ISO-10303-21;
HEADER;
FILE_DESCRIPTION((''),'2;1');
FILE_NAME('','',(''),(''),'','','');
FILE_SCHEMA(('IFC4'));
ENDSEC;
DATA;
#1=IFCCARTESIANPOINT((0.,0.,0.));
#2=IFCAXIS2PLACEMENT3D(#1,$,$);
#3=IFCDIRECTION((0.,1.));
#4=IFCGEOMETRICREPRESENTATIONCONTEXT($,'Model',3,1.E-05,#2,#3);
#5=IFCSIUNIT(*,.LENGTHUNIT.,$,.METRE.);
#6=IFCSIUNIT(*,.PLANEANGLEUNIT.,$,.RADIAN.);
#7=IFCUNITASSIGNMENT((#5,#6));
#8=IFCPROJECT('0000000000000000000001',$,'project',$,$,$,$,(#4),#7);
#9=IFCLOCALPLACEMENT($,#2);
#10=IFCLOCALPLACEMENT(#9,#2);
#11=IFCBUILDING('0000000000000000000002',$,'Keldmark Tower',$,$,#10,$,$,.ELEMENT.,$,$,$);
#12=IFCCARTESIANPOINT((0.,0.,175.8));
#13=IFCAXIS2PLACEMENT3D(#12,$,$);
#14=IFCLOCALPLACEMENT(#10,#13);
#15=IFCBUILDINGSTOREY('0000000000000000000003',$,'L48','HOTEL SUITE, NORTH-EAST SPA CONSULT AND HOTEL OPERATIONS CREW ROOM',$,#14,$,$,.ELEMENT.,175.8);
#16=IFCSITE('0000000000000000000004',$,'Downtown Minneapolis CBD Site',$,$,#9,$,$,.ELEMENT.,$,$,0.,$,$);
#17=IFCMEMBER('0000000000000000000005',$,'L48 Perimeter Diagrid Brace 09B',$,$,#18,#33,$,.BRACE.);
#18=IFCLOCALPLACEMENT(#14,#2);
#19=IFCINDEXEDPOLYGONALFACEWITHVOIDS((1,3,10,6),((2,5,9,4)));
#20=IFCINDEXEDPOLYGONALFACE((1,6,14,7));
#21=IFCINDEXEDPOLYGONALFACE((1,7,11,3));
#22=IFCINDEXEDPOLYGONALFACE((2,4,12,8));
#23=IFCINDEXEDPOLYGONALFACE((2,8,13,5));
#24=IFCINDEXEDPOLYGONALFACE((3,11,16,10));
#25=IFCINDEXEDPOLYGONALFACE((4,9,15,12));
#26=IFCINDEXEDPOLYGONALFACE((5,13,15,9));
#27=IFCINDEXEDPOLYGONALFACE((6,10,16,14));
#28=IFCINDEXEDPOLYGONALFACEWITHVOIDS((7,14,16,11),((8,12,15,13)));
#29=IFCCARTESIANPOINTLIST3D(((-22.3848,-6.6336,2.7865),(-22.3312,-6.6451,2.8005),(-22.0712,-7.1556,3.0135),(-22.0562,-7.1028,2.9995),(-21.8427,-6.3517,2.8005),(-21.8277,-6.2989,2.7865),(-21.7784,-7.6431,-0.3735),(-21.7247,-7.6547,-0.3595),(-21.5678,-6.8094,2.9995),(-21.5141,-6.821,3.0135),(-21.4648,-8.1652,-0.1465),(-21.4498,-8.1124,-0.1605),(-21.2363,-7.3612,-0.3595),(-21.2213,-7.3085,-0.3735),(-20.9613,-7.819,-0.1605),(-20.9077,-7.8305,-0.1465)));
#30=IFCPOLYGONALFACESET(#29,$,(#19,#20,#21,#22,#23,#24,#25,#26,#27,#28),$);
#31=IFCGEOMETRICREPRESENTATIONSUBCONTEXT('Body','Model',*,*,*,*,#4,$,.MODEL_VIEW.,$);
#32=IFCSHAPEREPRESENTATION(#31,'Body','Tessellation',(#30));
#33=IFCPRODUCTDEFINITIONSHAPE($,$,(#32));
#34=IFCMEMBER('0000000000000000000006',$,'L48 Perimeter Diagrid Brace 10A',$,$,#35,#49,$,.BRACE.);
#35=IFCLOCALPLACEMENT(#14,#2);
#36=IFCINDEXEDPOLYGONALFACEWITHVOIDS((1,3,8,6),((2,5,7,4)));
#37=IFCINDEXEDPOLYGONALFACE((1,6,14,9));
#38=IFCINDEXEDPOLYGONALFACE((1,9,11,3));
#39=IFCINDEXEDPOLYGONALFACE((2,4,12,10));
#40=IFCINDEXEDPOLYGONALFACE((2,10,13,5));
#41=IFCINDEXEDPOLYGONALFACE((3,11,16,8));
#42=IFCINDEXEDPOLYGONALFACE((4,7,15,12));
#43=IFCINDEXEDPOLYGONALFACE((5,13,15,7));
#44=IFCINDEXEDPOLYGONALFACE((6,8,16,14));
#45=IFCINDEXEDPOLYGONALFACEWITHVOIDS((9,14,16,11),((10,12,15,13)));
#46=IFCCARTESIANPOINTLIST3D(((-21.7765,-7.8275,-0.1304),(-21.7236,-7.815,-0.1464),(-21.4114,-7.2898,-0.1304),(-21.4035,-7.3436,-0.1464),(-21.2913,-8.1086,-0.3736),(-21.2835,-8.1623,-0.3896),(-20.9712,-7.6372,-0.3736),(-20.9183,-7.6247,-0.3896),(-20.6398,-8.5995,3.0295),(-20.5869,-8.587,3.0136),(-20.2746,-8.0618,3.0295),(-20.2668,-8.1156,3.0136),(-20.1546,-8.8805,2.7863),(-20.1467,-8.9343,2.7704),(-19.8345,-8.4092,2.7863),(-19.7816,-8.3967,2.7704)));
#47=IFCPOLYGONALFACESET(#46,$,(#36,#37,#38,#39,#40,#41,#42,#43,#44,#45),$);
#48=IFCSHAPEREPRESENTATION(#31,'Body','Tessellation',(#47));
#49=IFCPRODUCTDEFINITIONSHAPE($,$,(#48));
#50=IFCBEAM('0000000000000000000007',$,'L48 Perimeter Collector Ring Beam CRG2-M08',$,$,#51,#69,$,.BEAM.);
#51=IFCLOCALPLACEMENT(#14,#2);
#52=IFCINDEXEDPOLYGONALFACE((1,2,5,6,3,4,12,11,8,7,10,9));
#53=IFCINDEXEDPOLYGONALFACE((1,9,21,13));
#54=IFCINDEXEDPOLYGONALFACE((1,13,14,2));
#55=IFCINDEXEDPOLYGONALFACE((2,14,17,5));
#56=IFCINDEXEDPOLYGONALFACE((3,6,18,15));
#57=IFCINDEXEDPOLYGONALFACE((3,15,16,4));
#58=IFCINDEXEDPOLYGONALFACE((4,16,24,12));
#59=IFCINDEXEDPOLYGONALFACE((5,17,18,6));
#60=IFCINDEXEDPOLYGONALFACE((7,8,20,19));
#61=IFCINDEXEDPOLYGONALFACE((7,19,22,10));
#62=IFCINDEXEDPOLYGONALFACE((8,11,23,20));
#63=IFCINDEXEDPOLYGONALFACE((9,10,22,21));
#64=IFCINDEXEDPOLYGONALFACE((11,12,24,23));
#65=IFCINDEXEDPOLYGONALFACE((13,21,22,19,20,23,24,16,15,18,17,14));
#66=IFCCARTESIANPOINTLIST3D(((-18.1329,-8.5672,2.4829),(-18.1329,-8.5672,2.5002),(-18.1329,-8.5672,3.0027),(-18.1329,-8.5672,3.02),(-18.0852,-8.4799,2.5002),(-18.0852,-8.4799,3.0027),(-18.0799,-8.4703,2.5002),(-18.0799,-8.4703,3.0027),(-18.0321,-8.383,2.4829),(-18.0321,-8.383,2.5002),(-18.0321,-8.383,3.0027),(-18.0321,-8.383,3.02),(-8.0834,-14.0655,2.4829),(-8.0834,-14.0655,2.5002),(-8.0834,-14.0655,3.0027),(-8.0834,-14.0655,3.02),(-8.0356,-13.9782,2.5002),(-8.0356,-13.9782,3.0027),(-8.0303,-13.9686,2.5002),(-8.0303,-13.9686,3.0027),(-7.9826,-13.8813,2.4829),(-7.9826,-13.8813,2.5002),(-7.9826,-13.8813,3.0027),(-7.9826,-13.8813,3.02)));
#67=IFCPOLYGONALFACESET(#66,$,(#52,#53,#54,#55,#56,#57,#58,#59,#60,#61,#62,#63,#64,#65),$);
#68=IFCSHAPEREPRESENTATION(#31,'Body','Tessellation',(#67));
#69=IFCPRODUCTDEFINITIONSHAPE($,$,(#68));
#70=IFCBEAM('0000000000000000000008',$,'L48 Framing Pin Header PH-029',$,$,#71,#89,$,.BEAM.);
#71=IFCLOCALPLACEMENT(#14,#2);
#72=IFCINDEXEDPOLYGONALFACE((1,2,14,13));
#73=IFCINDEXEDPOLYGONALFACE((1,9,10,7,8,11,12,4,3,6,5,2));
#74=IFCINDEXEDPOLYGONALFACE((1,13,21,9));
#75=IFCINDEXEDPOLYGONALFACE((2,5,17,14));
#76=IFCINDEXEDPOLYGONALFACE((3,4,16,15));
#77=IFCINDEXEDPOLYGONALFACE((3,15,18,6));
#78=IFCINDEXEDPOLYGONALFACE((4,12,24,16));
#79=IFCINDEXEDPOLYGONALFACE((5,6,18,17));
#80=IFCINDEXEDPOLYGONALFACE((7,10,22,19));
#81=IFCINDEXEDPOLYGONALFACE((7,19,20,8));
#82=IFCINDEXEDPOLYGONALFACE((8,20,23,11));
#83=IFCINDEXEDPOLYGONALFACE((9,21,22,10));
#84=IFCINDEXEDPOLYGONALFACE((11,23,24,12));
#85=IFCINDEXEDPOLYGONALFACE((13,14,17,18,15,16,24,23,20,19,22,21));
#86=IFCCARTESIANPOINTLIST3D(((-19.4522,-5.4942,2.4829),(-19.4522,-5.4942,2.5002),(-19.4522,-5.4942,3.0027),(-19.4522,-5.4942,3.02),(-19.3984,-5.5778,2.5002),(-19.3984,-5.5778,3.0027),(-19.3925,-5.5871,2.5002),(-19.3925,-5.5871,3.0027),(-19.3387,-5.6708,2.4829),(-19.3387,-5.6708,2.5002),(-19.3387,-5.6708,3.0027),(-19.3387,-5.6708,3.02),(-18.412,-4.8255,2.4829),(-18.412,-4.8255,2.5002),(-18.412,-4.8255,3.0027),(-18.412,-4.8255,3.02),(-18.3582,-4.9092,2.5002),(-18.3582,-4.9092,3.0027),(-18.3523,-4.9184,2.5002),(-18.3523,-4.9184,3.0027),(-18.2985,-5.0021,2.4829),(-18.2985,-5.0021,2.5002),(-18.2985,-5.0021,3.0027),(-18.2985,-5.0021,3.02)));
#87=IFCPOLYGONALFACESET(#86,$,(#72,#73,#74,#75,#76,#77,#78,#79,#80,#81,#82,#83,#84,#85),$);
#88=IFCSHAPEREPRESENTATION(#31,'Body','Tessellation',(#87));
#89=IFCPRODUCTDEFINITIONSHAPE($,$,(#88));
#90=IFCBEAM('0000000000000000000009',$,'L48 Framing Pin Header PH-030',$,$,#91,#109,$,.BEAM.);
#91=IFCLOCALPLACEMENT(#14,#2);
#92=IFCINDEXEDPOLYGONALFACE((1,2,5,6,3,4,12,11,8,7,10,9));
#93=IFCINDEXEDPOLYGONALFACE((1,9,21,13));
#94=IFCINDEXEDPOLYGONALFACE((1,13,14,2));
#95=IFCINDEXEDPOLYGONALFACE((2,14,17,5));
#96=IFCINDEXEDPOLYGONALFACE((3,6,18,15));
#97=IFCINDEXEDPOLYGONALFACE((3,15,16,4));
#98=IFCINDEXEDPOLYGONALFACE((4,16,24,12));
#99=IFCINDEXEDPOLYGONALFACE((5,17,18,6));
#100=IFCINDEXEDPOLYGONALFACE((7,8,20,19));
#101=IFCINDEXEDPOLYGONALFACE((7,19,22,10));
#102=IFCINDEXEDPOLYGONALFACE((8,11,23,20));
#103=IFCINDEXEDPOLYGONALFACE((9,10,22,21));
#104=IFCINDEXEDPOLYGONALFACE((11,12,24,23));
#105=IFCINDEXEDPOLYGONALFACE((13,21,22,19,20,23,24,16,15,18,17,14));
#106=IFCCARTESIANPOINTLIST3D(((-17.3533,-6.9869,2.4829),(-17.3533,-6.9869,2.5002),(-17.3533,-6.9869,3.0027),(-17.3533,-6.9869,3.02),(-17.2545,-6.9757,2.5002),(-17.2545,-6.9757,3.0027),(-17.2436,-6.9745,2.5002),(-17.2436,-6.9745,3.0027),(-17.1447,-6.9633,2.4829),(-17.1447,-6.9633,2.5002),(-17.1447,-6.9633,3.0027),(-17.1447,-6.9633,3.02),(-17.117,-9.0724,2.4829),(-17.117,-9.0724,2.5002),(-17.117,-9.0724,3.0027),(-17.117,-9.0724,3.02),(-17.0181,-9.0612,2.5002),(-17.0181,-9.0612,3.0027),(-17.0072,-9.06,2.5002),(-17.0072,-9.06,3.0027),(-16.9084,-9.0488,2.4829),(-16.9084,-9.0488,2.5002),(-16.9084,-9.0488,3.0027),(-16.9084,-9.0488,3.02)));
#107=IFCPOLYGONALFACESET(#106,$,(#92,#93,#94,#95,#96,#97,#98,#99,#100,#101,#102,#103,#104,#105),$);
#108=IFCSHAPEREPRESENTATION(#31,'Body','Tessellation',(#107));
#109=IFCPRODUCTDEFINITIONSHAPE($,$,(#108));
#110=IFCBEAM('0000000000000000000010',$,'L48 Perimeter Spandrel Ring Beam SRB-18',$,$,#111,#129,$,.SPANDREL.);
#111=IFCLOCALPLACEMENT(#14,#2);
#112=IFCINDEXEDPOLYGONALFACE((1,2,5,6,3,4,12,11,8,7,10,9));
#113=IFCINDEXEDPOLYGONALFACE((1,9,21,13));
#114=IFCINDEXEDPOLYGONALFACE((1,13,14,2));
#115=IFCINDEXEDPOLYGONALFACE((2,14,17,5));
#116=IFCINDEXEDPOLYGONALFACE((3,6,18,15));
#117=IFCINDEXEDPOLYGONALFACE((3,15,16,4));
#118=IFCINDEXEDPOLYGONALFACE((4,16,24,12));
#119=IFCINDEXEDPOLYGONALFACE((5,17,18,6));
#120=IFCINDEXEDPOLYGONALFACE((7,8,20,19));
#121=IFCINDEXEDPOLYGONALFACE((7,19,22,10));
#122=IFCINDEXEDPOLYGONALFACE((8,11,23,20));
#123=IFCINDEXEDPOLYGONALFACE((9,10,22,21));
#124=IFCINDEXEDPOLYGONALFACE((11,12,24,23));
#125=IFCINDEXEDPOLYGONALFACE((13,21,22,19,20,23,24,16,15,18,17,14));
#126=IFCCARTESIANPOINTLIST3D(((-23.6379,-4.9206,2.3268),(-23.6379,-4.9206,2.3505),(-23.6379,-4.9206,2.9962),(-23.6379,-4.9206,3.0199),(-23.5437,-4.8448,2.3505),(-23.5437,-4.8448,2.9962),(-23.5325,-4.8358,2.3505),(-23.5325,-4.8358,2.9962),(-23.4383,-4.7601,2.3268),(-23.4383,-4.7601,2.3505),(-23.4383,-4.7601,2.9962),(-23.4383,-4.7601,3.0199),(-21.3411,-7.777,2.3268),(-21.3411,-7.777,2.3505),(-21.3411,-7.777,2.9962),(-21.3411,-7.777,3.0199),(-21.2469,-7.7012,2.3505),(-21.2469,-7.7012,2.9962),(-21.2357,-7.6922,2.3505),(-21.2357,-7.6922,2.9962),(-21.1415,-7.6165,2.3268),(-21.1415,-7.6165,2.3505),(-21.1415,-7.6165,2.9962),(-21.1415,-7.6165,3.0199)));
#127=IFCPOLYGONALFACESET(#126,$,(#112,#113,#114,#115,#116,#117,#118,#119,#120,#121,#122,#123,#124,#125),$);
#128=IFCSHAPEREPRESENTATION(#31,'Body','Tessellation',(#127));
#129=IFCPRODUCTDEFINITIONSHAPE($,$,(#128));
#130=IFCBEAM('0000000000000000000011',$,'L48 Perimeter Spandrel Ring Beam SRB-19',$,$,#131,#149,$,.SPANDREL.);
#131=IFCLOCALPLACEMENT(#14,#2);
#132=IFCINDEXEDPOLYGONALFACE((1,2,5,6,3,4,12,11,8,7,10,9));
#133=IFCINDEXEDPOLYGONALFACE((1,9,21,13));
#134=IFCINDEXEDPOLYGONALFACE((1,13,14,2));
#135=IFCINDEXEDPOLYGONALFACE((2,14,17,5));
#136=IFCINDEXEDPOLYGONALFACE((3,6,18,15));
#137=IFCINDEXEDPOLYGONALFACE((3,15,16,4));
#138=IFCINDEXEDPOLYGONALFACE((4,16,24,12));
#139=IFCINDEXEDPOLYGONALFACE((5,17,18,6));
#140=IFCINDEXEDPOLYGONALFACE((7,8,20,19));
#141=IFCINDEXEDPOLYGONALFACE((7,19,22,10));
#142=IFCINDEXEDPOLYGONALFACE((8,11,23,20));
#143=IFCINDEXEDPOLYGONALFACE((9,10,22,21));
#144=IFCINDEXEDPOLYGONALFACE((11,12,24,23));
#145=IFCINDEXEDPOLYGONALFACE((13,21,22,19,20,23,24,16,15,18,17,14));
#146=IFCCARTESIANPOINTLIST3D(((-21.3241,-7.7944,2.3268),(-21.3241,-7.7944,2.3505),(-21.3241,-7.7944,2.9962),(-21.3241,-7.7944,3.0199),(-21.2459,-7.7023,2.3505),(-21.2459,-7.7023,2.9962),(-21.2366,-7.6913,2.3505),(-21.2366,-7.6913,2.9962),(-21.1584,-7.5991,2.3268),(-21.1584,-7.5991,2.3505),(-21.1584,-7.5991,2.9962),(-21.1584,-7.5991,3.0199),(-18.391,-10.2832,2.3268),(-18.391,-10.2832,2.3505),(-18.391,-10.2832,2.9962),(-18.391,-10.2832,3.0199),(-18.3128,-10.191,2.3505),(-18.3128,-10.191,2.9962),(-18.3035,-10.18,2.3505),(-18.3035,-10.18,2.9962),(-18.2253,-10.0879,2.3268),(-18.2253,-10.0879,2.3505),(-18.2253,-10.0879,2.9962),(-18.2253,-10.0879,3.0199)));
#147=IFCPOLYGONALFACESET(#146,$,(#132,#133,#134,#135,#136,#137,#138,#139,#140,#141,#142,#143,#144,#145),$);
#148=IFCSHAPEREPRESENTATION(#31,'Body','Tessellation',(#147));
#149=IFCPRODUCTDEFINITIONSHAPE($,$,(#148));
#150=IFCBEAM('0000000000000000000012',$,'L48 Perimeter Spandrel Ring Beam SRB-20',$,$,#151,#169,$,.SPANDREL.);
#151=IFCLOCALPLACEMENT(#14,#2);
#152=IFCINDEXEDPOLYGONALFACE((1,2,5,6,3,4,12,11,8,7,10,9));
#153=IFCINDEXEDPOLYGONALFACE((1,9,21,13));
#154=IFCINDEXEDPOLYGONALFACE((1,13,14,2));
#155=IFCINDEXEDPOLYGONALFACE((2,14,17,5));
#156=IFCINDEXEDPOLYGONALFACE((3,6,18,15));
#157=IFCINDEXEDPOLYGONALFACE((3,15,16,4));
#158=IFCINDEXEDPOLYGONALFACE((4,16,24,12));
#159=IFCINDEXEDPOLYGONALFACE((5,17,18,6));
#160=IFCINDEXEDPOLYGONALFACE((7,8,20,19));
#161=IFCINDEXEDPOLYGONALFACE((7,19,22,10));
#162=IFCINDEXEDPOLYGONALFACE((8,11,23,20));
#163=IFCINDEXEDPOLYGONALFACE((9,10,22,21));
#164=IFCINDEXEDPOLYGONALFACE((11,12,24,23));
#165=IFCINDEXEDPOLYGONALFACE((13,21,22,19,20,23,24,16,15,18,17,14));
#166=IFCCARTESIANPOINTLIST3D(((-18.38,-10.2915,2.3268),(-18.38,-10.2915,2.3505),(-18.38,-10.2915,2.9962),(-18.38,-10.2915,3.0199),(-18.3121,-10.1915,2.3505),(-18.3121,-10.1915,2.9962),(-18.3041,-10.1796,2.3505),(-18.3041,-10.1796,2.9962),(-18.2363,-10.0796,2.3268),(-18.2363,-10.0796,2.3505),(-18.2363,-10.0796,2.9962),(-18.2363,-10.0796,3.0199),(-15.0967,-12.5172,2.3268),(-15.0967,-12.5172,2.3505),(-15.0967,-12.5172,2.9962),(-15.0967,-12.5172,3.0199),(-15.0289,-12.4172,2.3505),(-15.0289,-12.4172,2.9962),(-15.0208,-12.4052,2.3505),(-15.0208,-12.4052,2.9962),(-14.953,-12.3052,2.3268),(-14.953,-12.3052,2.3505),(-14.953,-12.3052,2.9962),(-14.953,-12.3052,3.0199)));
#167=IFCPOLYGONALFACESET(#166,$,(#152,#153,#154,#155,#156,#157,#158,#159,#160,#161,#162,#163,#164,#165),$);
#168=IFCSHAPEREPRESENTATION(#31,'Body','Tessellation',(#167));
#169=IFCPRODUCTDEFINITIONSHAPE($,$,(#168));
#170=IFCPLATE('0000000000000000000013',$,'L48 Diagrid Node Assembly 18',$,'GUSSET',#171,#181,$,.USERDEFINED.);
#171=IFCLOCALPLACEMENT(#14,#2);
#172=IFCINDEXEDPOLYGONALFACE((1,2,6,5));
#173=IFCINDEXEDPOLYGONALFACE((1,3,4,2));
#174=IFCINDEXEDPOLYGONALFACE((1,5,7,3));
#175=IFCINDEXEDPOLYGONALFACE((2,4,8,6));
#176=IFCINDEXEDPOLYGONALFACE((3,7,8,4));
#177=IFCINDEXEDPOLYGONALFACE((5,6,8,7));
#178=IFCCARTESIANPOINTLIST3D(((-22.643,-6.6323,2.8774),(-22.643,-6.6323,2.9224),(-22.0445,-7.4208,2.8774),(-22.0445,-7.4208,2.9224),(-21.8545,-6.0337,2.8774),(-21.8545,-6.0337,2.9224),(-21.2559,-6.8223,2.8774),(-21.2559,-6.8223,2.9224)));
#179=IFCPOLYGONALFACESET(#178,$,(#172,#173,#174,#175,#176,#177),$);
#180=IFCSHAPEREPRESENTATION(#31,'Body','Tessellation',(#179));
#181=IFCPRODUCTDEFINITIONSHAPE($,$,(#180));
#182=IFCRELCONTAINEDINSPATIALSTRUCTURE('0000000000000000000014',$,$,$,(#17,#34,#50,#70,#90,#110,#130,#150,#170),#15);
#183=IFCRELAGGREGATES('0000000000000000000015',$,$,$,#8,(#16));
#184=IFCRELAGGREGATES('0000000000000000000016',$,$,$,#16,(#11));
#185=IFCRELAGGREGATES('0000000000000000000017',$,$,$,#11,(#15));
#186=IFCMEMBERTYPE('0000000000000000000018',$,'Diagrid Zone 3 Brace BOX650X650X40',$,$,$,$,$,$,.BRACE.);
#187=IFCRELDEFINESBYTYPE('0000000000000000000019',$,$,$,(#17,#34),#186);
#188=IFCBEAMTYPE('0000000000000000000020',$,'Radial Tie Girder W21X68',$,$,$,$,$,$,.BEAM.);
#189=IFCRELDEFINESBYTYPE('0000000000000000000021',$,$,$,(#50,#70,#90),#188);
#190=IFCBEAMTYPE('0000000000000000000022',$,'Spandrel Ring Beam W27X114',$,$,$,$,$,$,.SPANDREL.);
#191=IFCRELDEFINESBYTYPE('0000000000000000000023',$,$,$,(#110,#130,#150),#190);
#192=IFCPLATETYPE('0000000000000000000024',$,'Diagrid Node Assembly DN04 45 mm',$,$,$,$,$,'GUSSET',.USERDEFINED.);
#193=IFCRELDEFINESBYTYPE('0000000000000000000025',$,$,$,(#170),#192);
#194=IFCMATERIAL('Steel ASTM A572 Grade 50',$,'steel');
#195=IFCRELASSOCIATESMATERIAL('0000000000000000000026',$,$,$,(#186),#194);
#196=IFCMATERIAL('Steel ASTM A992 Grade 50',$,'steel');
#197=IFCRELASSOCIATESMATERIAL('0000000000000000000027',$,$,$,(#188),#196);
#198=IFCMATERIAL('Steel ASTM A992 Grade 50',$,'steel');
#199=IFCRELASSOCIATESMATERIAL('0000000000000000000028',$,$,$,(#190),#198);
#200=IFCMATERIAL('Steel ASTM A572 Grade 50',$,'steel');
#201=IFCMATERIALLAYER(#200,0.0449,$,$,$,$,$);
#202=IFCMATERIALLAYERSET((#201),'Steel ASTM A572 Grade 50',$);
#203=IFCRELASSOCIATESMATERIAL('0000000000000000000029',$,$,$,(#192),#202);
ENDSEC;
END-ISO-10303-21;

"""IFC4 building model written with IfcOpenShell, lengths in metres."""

from ifc_helpers import new_model, si_unit, direction, frame, origin, origin_2d, place, context, subcontext, project, spatial, rectangle, hollow_rectangle, i_section, extrude, material, layer, layer_set, material_profile, profile_set, type_object, element, save


model = new_model("IFC4")

# Units and contexts
model_context = context("Model", 3, precision=1e-05, world=origin(), true_north=direction((0.0, 1.0)))
body_context = subcontext(model_context, "Body", "Model", "MODEL_VIEW")
ifc_project = project(units=[si_unit("LENGTHUNIT", "METRE"), si_unit("PLANEANGLEUNIT", "RADIAN")], contexts=[model_context])

# Site, building, storey
site_placement = place(None, origin())
site = spatial("IfcSite", under=ifc_project, at=site_placement, Name="Downtown Minneapolis CBD Site", CompositionType="ELEMENT", RefElevation=0.0)
building_placement = place(site_placement, origin())
building = spatial("IfcBuilding", under=site, at=building_placement, Name="Keldmark Tower", CompositionType="ELEMENT")
storey_placement = place(building_placement, frame((0.0, 0.0, 175.8)))
storey = spatial("IfcBuildingStorey", under=building, at=storey_placement, Name="L48", Description="HOTEL SUITE, NORTH-EAST SPA CONSULT AND HOTEL OPERATIONS CREW ROOM", CompositionType="ELEMENT", Elevation=175.8)

# Members
ifc_material_1 = material(Name="Steel ASTM A572 Grade 50", Category="steel")
ifc_material_profile_1 = material_profile(ifc_material_1, hollow_rectangle(XDim=0.6499, YDim=0.6499, WallThickness=0.04, at=origin_2d()), Name="BOX650X650X40")
ifc_profile_set_1 = profile_set([ifc_material_profile_1], Name="Steel ASTM A572 Grade 50")
member_type = type_object("IfcMemberType", Name="Diagrid Zone 3 Brace BOX650X650X40", PredefinedType="BRACE", material=ifc_profile_set_1)
member_1_placement = place(storey_placement, frame((-21.343, -7.7368, -0.26), z_axis=(-0.179835, 0.299363, 0.937039), x_axis=(-0.857218, -0.514953, 0.0)))
element("IfcMember", 1, at=member_1_placement, inside=storey, type_object=member_type, Name="L48 Perimeter Diagrid Brace 09B", PredefinedType="BRACE", context=body_context, shape_type="SweptSolid", body=[
    extrude(hollow_rectangle(XDim=0.6499, YDim=0.6499, WallThickness=0.04, at=origin_2d()), origin(), (0.0, 0.0, 1.0), 3.3723),
])
member_2_placement = place(storey_placement, frame((-21.3474, -7.7261, -0.26), z_axis=(0.329891, -0.224037, 0.917049), x_axis=(0.561814, 0.827263, 0.0)))
element("IfcMember", 2, at=member_2_placement, inside=storey, type_object=member_type, Name="L48 Perimeter Diagrid Brace 10A", PredefinedType="BRACE", context=body_context, shape_type="SweptSolid", body=[
    extrude(hollow_rectangle(XDim=0.6499, YDim=0.6499, WallThickness=0.04, at=origin_2d()), origin(), (0.0, 0.0, 1.0), 3.4458),
])

# Beams
ifc_material_2 = material(Name="Steel ASTM A992 Grade 50", Category="steel")
ifc_material_profile_2 = material_profile(ifc_material_2, i_section(OverallWidth=0.21, OverallDepth=0.5371, WebThickness=0.011, FlangeThickness=0.0173, at=origin_2d()), Name="W21X68")
ifc_profile_set_2 = profile_set([ifc_material_profile_2], Name="Steel ASTM A992 Grade 50")
beam_type_1 = type_object("IfcBeamType", Name="Radial Tie Girder W21X68", PredefinedType="BEAM", material=ifc_profile_set_2)
beam_1_placement = place(storey_placement, frame((-18.0825, -8.4751, 2.7515), z_axis=(0.877282, -0.479976, 0.0), x_axis=(0.479976, 0.877282, 0.0)))
element("IfcBeam", 3, at=beam_1_placement, inside=storey, type_object=beam_type_1, Name="L48 Perimeter Collector Ring Beam CRG2-M08", PredefinedType="BEAM", context=body_context, shape_type="SweptSolid", body=[
    extrude(i_section(OverallWidth=0.21, OverallDepth=0.5371, WebThickness=0.011, FlangeThickness=0.0173, at=origin_2d()), origin(), (0.0, 0.0, 1.0), 11.4553),
])
beam_2_placement = place(storey_placement, frame((-18.3552, -4.9138, 2.7515), z_axis=(-0.841198, -0.540728, 0.0), x_axis=(0.540728, -0.841198, 0.0)))
element("IfcBeam", 4, at=beam_2_placement, inside=storey, type_object=beam_type_1, Name="L48 Framing Pin Header PH-029", PredefinedType="BEAM", context=body_context, shape_type="SweptSolid", body=[
    extrude(i_section(OverallWidth=0.21, OverallDepth=0.5371, WebThickness=0.011, FlangeThickness=0.0173, at=origin_2d()), origin(), (0.0, 0.0, 1.0), 1.2366),
])
beam_3_placement = place(storey_placement, frame((-17.249, -6.9751, 2.7515), z_axis=(0.112602, -0.99364, 0.0), x_axis=(0.99364, 0.112602, 0.0)))
element("IfcBeam", 5, at=beam_3_placement, inside=storey, type_object=beam_type_1, Name="L48 Framing Pin Header PH-030", PredefinedType="BEAM", context=body_context, shape_type="SweptSolid", body=[
    extrude(i_section(OverallWidth=0.21, OverallDepth=0.5371, WebThickness=0.011, FlangeThickness=0.0173, at=origin_2d()), origin(), (0.0, 0.0, 1.0), 2.0989),
])
ifc_material_3 = material(Name="Steel ASTM A992 Grade 50", Category="steel")
ifc_material_profile_3 = material_profile(ifc_material_3, i_section(OverallWidth=0.2561, OverallDepth=0.6931, WebThickness=0.0144, FlangeThickness=0.0237, at=origin_2d()), Name="W27X114")
ifc_profile_set_3 = profile_set([ifc_material_profile_3], Name="Steel ASTM A992 Grade 50")
beam_type_2 = type_object("IfcBeamType", Name="Spandrel Ring Beam W27X114", PredefinedType="SPANDREL", material=ifc_profile_set_3)
beam_4_placement = place(storey_placement, frame((-23.5381, -4.8403, 2.6733), z_axis=(0.626643, -0.779307, 0.0), x_axis=(0.779307, 0.626643, 0.0)))
element("IfcBeam", 6, at=beam_4_placement, inside=storey, type_object=beam_type_2, Name="L48 Perimeter Spandrel Ring Beam SRB-18", PredefinedType="SPANDREL", context=body_context, shape_type="SweptSolid", body=[
    extrude(i_section(OverallWidth=0.2561, OverallDepth=0.6931, WebThickness=0.0144, FlangeThickness=0.0237, at=origin_2d()), origin(), (0.0, 0.0, 1.0), 3.6653),
])
beam_5_placement = place(storey_placement, frame((-21.2412, -7.6968, 2.6733), z_axis=(0.7625, -0.646989, 0.0), x_axis=(0.646989, 0.7625, 0.0)))
element("IfcBeam", 7, at=beam_5_placement, inside=storey, type_object=beam_type_2, Name="L48 Perimeter Spandrel Ring Beam SRB-19", PredefinedType="SPANDREL", context=body_context, shape_type="SweptSolid", body=[
    extrude(i_section(OverallWidth=0.2561, OverallDepth=0.6931, WebThickness=0.0144, FlangeThickness=0.0237, at=origin_2d()), origin(), (0.0, 0.0, 1.0), 3.8467),
])
beam_6_placement = place(storey_placement, frame((-18.3081, -10.1855, 2.6733), z_axis=(0.827745, -0.561104, 0.0), x_axis=(0.561104, 0.827745, 0.0)))
element("IfcBeam", 8, at=beam_6_placement, inside=storey, type_object=beam_type_2, Name="L48 Perimeter Spandrel Ring Beam SRB-20", PredefinedType="SPANDREL", context=body_context, shape_type="SweptSolid", body=[
    extrude(i_section(OverallWidth=0.2561, OverallDepth=0.6931, WebThickness=0.0144, FlangeThickness=0.0237, at=origin_2d()), origin(), (0.0, 0.0, 1.0), 3.9666),
])

# Plate
ifc_material_4 = material(Name="Steel ASTM A572 Grade 50", Category="steel")
ifc_layer_1 = layer(ifc_material_4, 0.0449)
ifc_layer_set_1 = layer_set([ifc_layer_1], Name="Steel ASTM A572 Grade 50")
plate_type = type_object("IfcPlateType", Name="Diagrid Node Assembly DN04 45 mm", ElementType="GUSSET", PredefinedType="USERDEFINED", material=ifc_layer_set_1)
for number, where, z_axis, x_axis, name in (
    (9, (-21.9495, -6.7273, 2.8774), (0.0, 0.0, 1.0), (0.604599, -0.79653, 0.0), "L48 Diagrid Node Assembly 18"),
):
    element("IfcPlate", number, at=place(storey_placement, frame(where, z_axis=z_axis, x_axis=x_axis)), inside=storey, type_object=plate_type, Name=name, ObjectType="GUSSET", PredefinedType="USERDEFINED", context=body_context, shape_type="SweptSolid", body=[
        extrude(rectangle(XDim=0.99, YDim=0.99, at=origin_2d()), origin(), (0.0, 0.0, 1.0), 0.0449),
    ])

save(model, "model.ifc")
